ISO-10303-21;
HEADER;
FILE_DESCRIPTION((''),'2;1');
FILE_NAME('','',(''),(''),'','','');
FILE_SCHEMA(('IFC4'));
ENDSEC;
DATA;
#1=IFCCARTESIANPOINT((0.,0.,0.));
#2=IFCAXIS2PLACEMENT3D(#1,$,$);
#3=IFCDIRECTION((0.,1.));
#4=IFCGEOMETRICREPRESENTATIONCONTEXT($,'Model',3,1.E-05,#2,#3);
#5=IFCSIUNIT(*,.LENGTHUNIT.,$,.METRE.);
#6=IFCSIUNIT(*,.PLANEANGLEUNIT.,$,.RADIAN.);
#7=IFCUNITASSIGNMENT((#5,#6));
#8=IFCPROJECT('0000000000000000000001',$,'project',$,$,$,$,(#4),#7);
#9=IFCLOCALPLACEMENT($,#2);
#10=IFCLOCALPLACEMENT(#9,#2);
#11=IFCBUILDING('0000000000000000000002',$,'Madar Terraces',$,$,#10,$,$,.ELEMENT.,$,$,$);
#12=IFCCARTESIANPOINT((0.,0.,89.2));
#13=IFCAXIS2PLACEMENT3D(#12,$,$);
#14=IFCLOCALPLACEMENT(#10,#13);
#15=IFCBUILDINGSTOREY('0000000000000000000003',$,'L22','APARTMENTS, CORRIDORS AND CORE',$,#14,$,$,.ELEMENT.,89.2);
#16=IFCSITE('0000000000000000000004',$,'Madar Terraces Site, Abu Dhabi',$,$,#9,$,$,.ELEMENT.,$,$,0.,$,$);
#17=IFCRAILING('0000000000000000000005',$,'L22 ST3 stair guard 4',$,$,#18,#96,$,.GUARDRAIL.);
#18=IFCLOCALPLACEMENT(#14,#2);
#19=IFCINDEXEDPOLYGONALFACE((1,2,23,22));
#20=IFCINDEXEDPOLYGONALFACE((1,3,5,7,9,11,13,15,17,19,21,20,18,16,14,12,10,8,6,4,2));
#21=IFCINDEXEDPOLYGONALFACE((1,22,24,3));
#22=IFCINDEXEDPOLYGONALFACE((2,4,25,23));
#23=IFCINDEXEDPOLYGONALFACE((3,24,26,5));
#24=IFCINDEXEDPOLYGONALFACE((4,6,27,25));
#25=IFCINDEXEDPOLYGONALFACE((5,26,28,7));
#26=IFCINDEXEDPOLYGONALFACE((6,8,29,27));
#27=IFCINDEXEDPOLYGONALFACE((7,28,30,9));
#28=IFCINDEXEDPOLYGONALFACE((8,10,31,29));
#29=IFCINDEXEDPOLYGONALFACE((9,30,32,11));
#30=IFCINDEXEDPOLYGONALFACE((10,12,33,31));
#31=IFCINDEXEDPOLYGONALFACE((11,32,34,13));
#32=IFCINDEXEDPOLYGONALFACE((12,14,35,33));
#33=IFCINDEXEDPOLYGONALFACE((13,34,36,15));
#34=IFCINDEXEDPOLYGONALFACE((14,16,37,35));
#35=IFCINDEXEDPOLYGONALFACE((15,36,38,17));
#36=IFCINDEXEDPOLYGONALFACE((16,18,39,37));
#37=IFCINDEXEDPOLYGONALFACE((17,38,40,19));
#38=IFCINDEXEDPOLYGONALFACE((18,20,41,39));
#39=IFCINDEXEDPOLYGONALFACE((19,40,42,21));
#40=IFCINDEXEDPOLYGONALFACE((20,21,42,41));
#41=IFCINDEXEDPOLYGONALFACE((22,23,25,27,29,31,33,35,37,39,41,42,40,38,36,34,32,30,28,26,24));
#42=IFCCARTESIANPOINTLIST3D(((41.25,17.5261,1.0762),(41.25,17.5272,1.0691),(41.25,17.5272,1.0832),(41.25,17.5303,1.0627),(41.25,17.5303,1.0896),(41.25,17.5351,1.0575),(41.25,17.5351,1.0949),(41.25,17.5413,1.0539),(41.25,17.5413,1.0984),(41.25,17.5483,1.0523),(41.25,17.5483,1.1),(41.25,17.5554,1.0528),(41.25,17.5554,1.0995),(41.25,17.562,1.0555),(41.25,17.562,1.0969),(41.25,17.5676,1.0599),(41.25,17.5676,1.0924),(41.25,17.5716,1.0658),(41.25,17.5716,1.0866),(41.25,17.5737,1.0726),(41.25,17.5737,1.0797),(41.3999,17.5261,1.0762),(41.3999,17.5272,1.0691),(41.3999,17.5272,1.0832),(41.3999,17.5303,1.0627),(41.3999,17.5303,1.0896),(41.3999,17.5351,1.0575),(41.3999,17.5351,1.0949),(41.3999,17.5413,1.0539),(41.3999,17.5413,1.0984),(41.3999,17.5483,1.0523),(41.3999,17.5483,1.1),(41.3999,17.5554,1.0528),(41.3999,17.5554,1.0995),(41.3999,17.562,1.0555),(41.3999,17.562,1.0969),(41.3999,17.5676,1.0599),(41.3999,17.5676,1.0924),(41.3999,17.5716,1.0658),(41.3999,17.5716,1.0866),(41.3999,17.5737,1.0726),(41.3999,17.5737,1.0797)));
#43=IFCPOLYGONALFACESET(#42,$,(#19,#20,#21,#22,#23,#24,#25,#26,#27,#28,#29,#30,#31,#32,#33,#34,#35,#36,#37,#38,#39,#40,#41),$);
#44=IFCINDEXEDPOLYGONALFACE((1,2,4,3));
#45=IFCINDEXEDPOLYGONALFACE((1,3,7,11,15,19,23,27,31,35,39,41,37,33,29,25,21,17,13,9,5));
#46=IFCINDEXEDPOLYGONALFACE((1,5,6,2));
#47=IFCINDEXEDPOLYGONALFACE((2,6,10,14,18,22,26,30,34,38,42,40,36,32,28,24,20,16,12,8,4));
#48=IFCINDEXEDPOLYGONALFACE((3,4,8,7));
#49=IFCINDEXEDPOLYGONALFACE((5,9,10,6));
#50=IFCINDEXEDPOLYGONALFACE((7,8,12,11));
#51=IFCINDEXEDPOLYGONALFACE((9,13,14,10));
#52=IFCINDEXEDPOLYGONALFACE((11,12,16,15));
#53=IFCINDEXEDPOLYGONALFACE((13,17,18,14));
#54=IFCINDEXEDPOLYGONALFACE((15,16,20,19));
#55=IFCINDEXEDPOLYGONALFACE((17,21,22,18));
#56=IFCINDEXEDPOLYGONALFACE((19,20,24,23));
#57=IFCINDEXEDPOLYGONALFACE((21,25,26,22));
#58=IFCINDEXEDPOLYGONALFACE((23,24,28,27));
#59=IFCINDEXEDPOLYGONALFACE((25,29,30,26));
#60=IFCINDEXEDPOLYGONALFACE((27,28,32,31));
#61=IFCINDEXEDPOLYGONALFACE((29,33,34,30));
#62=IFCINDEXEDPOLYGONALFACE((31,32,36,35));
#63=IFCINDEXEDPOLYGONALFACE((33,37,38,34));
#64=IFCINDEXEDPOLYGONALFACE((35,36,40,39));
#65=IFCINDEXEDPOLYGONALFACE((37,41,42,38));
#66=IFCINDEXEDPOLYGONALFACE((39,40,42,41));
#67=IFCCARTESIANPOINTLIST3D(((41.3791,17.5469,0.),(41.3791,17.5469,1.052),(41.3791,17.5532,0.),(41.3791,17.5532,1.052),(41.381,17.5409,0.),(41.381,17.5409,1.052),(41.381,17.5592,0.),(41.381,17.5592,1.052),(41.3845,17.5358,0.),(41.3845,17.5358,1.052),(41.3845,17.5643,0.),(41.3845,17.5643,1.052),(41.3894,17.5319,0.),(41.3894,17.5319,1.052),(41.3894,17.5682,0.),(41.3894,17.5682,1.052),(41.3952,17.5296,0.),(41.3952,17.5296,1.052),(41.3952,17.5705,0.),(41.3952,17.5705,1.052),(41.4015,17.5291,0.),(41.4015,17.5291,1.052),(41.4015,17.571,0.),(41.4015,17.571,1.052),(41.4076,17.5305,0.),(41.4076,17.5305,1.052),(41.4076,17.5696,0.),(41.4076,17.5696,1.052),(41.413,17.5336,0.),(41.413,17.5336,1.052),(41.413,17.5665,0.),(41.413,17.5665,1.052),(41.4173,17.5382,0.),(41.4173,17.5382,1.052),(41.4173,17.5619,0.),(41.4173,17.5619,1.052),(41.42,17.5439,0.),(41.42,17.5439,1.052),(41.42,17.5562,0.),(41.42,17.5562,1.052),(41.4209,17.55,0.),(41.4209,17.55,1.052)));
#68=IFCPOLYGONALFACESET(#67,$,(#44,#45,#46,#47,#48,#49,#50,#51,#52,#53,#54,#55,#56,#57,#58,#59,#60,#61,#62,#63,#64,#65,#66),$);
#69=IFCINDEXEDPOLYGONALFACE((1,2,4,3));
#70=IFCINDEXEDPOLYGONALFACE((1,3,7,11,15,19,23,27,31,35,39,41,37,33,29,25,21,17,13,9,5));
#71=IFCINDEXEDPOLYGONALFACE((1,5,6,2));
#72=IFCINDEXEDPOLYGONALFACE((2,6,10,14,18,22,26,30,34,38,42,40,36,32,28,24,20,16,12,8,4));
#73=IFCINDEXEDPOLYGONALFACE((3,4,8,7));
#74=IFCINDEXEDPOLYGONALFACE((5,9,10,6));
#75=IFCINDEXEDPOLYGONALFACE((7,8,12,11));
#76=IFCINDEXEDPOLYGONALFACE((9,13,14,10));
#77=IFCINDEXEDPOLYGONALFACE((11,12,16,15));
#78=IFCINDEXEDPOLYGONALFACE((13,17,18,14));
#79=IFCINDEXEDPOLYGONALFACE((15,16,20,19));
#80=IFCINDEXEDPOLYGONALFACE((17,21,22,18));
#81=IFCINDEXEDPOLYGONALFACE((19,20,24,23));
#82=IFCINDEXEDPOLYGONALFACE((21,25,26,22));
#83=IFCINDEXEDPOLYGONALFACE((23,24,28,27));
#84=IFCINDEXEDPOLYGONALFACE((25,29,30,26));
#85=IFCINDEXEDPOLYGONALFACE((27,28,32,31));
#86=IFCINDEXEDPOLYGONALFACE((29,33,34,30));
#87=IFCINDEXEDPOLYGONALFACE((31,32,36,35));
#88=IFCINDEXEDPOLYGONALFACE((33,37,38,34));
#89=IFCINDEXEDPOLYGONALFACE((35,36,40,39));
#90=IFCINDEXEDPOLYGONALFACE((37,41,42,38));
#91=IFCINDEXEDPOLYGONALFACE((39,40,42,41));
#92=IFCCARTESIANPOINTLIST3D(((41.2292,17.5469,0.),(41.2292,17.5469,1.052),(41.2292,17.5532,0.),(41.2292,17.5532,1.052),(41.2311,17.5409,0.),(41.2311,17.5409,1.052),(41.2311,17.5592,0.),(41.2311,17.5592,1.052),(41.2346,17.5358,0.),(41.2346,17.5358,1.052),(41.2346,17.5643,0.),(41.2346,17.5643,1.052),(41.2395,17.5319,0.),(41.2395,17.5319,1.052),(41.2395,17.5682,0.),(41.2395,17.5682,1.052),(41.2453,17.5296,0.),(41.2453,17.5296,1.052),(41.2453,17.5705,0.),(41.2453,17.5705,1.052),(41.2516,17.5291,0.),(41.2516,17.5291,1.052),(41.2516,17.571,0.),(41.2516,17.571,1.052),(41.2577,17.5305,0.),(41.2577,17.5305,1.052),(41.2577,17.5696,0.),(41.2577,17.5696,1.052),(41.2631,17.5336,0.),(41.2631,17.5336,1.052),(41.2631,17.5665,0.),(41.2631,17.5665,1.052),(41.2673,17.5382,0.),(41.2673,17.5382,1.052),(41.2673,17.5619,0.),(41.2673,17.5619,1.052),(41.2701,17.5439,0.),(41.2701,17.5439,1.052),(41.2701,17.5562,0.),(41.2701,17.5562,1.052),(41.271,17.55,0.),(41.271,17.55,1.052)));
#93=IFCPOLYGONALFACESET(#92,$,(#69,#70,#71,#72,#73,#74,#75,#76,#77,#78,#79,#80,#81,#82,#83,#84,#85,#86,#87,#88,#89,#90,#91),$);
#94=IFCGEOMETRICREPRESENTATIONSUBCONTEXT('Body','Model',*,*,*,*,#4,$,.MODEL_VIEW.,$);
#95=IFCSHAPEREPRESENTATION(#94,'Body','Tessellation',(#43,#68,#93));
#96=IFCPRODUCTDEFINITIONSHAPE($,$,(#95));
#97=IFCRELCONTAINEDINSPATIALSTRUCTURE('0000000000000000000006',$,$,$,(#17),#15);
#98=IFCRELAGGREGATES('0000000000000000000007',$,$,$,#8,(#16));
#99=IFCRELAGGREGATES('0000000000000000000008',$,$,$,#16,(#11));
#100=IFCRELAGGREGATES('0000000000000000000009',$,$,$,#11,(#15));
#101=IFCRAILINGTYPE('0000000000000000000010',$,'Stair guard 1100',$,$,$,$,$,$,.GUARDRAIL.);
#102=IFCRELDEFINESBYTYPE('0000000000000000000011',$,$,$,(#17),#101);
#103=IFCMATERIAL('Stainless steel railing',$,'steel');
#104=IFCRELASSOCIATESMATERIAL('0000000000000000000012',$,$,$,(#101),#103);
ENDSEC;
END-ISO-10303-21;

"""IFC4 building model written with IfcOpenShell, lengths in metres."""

from ifc_helpers import new_model, si_unit, direction, frame, origin, origin_2d, place, context, subcontext, project, spatial, circle, extrude, material, type_object, element, save


model = new_model("IFC4")

# Units and contexts
model_context = context("Model", 3, precision=1e-05, world=origin(), true_north=direction((0.0, 1.0)))
body_context = subcontext(model_context, "Body", "Model", "MODEL_VIEW")
ifc_project = project(units=[si_unit("LENGTHUNIT", "METRE"), si_unit("PLANEANGLEUNIT", "RADIAN")], contexts=[model_context])

# Site, building, storey
site_placement = place(None, origin())
site = spatial("IfcSite", under=ifc_project, at=site_placement, Name="Madar Terraces Site, Abu Dhabi", CompositionType="ELEMENT", RefElevation=0.0)
building_placement = place(site_placement, origin())
building = spatial("IfcBuilding", under=site, at=building_placement, Name="Madar Terraces", CompositionType="ELEMENT")
storey_placement = place(building_placement, frame((0.0, 0.0, 89.2)))
storey = spatial("IfcBuildingStorey", under=building, at=storey_placement, Name="L22", Description="APARTMENTS, CORRIDORS AND CORE", CompositionType="ELEMENT", Elevation=89.2)

# Railing
ifc_material_1 = material(Name="Stainless steel railing", Category="steel")
railing_type_1 = type_object("IfcRailingType", Name="Stair guard 1100", PredefinedType="GUARDRAIL", material=ifc_material_1)
railing_1_placement = place(storey_placement, frame((41.3999, 17.55, 0.0)))
element("IfcRailing", 1, at=railing_1_placement, inside=storey, type_object=railing_type_1, Name="L22 ST3 stair guard 4", PredefinedType="GUARDRAIL", context=body_context, shape_type="SweptSolid", body=[
    extrude(circle(Radius=0.0239, at=origin_2d()), frame((0.0, 0.0, 1.0762), z_axis=(-1.0, 0.0, 0.0), x_axis=(0.0, -1.0, 0.0)), (0.0, 0.0, 1.0), 0.1499),
    extrude(circle(Radius=0.021, at=origin_2d()), origin(), (0.0, 0.0, 1.0), 1.052),
    extrude(circle(Radius=0.021, at=origin_2d()), frame((-0.1499, 0.0, 0.0)), (0.0, 0.0, 1.0), 1.052),
])

save(model, "model.ifc")
